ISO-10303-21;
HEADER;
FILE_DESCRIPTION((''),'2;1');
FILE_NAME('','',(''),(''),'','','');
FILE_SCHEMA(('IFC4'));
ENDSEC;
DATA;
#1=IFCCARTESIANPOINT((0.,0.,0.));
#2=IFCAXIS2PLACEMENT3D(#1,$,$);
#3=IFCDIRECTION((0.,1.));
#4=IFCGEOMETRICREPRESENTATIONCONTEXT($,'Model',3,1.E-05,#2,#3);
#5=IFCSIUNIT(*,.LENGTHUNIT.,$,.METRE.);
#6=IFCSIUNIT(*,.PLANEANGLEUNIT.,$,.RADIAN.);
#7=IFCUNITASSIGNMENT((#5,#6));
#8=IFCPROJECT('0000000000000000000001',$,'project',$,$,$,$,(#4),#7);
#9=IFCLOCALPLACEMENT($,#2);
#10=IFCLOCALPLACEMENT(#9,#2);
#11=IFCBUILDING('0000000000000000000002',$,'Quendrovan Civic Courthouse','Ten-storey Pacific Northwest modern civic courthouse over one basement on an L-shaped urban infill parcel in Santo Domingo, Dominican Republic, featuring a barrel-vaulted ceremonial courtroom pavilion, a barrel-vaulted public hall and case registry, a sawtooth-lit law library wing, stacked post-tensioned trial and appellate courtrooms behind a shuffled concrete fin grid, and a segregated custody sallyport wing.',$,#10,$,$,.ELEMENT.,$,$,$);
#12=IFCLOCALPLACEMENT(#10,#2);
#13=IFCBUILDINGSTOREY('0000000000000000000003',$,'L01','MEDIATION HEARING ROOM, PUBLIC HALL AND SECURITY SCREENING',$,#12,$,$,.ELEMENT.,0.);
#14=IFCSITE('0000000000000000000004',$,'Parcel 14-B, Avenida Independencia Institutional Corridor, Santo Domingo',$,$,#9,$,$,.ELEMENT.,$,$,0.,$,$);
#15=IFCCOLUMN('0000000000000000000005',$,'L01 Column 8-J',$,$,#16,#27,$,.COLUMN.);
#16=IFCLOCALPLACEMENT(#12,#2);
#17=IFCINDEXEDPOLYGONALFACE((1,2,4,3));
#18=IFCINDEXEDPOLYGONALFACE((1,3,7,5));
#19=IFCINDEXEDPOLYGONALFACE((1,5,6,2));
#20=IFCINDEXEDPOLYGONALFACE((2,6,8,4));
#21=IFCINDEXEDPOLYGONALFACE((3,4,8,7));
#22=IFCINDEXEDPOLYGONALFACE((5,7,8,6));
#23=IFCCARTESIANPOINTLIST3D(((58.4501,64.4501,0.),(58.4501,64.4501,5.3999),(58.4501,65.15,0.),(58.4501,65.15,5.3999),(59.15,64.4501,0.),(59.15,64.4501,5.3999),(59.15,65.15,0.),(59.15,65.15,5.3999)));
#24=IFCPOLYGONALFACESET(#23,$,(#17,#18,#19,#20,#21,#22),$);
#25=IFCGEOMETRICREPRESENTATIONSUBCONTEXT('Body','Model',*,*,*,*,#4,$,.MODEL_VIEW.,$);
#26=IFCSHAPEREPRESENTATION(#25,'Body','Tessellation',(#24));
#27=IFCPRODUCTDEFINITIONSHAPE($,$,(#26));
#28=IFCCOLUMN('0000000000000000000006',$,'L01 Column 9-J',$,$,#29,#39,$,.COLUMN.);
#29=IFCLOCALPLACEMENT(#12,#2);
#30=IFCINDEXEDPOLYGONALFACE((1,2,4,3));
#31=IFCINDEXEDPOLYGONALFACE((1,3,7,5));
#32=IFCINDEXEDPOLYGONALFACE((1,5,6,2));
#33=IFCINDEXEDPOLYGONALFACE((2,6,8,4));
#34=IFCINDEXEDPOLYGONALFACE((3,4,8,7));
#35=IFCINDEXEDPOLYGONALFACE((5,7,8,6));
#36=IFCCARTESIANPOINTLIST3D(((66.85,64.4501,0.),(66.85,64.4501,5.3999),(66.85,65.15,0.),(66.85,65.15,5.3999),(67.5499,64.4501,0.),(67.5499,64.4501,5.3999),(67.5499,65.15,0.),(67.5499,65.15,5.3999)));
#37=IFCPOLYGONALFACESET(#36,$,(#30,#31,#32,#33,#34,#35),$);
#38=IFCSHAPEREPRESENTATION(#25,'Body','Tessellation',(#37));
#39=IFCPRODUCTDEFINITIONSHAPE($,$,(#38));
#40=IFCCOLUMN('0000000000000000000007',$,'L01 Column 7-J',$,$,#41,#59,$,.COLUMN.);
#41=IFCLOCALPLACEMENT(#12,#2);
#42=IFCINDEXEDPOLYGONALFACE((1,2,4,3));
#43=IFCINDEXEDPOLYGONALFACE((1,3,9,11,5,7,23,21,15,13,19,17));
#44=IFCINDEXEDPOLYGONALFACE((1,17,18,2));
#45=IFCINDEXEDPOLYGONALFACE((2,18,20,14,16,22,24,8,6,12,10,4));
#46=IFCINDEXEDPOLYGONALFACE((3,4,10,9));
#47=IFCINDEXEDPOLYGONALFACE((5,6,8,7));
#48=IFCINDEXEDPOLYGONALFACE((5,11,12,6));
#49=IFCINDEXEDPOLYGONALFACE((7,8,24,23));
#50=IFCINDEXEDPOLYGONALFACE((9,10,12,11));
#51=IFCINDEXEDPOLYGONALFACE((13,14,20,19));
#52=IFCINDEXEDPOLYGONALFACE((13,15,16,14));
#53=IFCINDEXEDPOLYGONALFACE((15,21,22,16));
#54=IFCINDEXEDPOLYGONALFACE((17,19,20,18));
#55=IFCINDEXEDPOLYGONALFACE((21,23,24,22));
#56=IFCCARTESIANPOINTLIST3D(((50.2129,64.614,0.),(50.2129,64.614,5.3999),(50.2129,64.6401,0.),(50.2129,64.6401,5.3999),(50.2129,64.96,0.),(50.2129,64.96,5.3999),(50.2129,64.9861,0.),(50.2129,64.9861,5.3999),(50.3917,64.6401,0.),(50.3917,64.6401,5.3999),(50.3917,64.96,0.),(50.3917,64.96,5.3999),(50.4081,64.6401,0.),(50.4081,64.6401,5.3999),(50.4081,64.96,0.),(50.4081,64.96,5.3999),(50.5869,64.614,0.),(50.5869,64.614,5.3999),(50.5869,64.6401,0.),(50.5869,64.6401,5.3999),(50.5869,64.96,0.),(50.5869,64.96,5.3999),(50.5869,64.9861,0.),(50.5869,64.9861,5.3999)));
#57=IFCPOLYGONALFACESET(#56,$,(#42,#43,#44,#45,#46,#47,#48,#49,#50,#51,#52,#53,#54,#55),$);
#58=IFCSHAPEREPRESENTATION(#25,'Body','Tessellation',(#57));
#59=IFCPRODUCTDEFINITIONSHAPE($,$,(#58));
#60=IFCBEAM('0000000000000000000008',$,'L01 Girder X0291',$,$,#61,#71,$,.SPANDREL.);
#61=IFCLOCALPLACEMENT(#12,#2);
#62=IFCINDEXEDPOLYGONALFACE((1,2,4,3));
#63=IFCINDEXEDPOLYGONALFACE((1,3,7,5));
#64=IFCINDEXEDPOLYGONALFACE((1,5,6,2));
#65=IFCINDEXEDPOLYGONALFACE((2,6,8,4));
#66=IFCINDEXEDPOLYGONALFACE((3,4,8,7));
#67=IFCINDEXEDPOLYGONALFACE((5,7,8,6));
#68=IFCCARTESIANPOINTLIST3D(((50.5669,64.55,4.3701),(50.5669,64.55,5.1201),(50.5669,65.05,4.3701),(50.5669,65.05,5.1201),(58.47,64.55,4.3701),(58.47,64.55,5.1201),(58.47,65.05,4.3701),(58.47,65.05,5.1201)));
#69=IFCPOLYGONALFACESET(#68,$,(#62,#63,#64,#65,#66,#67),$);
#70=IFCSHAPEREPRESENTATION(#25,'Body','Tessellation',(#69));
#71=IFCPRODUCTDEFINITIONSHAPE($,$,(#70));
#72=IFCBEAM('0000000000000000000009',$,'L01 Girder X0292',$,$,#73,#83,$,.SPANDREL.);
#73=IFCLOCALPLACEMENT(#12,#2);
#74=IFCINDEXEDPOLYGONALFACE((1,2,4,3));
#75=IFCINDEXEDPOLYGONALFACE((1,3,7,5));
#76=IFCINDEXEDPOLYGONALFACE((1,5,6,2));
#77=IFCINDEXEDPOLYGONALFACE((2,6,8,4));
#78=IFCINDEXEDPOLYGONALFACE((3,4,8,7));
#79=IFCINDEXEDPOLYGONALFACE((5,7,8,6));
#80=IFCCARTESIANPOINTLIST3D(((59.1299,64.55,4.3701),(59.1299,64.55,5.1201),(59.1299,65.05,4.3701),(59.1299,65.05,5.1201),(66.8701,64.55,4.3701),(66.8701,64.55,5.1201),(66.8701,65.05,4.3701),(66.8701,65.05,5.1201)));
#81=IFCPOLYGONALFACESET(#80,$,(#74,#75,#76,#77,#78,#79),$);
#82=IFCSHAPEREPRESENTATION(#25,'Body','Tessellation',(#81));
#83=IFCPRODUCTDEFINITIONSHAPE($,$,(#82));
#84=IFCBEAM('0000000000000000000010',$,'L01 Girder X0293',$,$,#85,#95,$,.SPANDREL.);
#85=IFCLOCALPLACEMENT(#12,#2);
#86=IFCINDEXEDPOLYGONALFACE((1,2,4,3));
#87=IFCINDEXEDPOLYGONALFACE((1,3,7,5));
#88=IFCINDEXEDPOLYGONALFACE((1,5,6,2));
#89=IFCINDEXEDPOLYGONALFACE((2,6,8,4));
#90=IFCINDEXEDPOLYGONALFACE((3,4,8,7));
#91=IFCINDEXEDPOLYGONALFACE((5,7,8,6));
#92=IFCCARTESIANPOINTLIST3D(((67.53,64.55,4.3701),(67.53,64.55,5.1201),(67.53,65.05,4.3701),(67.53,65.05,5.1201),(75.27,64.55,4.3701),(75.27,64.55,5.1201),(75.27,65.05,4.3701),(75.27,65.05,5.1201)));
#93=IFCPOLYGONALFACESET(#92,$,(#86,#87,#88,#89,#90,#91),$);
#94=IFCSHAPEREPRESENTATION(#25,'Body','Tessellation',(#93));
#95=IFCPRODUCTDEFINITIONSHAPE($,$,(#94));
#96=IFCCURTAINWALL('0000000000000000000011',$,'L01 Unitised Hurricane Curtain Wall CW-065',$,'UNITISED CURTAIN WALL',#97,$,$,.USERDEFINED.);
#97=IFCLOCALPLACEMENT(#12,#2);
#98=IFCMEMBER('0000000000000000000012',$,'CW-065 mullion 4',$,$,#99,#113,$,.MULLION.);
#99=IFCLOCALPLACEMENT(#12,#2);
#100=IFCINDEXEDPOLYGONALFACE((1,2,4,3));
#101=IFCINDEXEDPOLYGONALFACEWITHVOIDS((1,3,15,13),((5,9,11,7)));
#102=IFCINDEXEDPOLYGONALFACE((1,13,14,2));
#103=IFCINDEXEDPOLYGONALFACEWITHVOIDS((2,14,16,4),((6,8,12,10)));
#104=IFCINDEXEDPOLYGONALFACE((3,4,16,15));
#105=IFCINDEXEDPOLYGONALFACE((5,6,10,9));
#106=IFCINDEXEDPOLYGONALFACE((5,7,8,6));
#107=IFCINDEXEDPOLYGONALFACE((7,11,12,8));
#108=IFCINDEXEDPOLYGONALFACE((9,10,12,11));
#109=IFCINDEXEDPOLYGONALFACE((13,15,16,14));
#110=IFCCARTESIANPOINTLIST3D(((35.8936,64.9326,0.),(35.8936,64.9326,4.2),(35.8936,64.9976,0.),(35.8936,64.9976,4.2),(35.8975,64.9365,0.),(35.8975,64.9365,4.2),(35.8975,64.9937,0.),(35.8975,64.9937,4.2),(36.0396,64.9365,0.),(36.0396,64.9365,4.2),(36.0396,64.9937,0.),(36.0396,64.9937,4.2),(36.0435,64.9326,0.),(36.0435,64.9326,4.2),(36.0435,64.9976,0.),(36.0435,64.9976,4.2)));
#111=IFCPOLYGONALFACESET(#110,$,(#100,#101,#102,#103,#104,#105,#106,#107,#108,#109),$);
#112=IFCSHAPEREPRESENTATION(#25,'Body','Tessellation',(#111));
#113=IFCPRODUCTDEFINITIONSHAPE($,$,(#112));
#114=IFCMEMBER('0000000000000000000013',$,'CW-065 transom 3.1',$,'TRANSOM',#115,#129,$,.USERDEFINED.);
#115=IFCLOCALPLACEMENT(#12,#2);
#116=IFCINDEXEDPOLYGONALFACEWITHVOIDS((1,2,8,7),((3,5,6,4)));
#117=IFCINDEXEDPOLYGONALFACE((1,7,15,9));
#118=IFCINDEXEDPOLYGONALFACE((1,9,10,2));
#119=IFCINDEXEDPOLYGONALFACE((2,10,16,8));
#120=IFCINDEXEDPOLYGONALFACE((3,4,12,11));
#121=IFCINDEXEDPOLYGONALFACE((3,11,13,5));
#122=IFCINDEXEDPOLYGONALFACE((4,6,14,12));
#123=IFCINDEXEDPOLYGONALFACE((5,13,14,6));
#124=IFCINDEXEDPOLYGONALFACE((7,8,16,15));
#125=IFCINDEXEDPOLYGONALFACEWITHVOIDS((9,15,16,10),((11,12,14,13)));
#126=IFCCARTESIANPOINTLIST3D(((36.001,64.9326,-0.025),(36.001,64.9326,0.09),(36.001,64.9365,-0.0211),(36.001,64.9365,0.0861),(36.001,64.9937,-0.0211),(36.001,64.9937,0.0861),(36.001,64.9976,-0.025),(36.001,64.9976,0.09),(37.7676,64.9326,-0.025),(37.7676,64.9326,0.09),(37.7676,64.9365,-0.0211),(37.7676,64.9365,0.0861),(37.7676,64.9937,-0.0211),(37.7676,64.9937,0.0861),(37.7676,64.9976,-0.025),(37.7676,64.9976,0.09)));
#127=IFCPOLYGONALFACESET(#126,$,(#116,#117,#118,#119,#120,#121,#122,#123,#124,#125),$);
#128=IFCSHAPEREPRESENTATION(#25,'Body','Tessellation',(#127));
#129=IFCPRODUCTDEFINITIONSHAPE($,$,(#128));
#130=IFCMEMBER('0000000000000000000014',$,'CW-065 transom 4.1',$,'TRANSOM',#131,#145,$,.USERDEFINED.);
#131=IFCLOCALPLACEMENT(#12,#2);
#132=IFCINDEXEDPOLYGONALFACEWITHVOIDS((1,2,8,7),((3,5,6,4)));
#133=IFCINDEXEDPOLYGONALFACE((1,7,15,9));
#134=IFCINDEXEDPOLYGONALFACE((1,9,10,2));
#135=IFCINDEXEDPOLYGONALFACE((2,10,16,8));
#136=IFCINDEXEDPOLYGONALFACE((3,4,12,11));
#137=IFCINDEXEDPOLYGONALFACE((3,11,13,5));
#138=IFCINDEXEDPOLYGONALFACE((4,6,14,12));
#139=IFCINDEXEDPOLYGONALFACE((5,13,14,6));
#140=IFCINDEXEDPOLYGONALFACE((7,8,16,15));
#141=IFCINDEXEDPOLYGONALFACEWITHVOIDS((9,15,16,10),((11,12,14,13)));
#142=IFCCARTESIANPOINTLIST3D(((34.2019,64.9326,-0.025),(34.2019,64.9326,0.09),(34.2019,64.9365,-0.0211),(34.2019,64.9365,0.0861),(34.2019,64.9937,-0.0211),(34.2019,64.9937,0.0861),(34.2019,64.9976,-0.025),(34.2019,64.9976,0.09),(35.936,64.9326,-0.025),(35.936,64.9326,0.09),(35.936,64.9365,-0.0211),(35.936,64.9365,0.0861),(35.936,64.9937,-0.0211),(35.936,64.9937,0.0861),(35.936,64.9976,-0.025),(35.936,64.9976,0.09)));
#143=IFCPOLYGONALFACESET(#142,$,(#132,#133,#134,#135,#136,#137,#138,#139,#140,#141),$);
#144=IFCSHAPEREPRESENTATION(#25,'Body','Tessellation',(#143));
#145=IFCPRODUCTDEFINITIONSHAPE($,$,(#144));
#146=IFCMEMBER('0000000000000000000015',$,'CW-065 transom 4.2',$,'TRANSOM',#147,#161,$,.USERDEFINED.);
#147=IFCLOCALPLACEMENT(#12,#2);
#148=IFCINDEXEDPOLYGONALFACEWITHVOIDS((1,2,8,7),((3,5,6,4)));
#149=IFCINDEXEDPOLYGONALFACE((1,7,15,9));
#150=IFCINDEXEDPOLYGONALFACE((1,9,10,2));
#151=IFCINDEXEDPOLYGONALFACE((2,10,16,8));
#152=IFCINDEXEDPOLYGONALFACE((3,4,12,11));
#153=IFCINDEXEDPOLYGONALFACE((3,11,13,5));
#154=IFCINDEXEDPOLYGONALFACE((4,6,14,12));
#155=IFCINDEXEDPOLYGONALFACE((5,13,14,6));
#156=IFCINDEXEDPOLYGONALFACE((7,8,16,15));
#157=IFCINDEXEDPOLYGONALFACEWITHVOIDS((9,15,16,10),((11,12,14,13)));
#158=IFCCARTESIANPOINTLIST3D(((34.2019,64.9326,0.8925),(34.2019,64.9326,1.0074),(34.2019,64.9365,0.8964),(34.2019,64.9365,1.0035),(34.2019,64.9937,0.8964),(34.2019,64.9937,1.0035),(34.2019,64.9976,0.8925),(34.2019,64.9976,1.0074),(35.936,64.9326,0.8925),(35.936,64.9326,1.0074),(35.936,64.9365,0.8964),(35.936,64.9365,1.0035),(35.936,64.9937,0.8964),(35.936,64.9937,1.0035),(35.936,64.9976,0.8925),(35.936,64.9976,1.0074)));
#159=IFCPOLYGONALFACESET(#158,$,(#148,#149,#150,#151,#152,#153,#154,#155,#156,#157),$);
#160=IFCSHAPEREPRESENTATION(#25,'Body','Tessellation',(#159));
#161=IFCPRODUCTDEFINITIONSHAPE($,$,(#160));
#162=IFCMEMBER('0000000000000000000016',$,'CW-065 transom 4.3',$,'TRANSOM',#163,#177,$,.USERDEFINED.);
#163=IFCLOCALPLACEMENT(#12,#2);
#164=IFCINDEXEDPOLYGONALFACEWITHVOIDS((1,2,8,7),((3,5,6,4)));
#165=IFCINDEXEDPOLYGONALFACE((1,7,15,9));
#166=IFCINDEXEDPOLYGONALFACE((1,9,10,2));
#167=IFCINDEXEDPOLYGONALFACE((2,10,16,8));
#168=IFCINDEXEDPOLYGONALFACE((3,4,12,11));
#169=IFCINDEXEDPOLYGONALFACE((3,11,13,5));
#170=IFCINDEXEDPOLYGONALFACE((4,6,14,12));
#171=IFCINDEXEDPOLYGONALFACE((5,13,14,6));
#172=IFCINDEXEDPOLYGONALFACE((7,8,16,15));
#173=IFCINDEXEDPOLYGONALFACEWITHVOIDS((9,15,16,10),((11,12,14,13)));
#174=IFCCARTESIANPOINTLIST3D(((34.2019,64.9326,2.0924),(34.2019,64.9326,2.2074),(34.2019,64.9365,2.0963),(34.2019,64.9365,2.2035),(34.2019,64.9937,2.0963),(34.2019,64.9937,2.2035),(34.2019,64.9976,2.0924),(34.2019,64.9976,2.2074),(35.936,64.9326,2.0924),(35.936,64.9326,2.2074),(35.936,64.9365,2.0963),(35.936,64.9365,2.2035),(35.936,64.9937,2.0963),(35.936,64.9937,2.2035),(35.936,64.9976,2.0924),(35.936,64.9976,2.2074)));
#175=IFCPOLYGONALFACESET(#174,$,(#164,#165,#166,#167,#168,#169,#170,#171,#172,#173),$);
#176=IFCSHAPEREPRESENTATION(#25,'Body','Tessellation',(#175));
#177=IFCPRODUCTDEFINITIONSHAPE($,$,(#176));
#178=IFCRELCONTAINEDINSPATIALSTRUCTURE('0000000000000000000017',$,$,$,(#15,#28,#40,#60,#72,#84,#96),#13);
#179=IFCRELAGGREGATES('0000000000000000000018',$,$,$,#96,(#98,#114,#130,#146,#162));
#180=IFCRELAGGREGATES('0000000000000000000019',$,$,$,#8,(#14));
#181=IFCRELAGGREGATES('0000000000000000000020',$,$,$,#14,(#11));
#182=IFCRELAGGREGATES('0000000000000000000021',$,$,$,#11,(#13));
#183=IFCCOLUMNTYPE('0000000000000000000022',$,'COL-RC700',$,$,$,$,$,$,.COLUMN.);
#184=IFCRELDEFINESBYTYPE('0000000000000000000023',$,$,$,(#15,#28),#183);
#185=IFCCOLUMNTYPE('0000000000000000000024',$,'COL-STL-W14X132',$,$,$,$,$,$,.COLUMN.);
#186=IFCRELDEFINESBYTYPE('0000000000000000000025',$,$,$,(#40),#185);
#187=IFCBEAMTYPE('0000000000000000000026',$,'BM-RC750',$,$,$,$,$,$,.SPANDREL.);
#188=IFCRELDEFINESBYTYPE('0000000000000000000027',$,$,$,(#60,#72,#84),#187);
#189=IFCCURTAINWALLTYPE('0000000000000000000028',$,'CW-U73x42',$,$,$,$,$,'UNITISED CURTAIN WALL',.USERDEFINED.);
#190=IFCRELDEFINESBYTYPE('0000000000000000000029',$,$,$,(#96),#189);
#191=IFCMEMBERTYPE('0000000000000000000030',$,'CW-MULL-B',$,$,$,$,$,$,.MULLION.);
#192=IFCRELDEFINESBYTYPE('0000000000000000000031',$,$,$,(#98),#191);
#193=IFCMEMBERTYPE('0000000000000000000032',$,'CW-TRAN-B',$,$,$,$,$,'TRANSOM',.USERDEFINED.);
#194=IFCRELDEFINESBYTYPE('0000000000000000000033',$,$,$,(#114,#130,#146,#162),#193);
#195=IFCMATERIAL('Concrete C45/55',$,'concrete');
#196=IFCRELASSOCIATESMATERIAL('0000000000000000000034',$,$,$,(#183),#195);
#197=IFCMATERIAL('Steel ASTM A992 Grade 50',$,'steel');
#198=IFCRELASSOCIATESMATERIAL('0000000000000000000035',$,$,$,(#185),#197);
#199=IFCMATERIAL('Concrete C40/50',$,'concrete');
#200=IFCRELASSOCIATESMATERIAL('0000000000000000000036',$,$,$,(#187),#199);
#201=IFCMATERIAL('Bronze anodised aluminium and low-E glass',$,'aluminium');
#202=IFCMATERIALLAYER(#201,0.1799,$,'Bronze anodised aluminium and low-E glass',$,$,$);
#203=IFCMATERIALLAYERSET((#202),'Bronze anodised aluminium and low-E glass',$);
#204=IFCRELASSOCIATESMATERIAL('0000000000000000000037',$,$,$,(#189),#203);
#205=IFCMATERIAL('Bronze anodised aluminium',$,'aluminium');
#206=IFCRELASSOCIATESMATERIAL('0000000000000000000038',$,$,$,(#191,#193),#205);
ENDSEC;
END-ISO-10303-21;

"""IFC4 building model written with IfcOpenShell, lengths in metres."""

from ifc_helpers import new_model, si_unit, direction, frame, origin, origin_2d, place, context, subcontext, project, spatial, rectangle, hollow_rectangle, i_section, extrude, material, layer, layer_set, material_profile, profile_set, type_object, element, aggregate, save


model = new_model("IFC4")

# Units and contexts
model_context = context("Model", 3, precision=1e-05, world=origin(), true_north=direction((0.0, 1.0)))
body_context = subcontext(model_context, "Body", "Model", "MODEL_VIEW")
ifc_project = project(units=[si_unit("LENGTHUNIT", "METRE"), si_unit("PLANEANGLEUNIT", "RADIAN")], contexts=[model_context])

# Site, building, storey
site_placement = place(None, origin())
site = spatial("IfcSite", under=ifc_project, at=site_placement, Name="Parcel 14-B, Avenida Independencia Institutional Corridor, Santo Domingo", CompositionType="ELEMENT", RefElevation=0.0)
building_placement = place(site_placement, origin())
building = spatial("IfcBuilding", under=site, at=building_placement, Name="Quendrovan Civic Courthouse", Description="Ten-storey Pacific Northwest modern civic courthouse over one basement on an L-shaped urban infill parcel in Santo Domingo, Dominican Republic, featuring a barrel-vaulted ceremonial courtroom pavilion, a barrel-vaulted public hall and case registry, a sawtooth-lit law library wing, stacked post-tensioned trial and appellate courtrooms behind a shuffled concrete fin grid, and a segregated custody sallyport wing.", CompositionType="ELEMENT")
storey_placement = place(building_placement, origin())
storey = spatial("IfcBuildingStorey", under=building, at=storey_placement, Name="L01", Description="MEDIATION HEARING ROOM, PUBLIC HALL AND SECURITY SCREENING", CompositionType="ELEMENT", Elevation=0.0)

# Columns
ifc_material_1 = material(Name="Concrete C45/55", Category="concrete")
ifc_material_profile_1 = material_profile(ifc_material_1, rectangle(XDim=0.7, YDim=0.7, at=origin_2d()), Name="RC-COL-700x700")
ifc_profile_set_1 = profile_set([ifc_material_profile_1], Name="Concrete C45/55")
column_type_1 = type_object("IfcColumnType", Name="COL-RC700", PredefinedType="COLUMN", material=ifc_profile_set_1)
for number, where, z_axis, x_axis, name in (
    (1, (58.8, 64.8, 0.0), (0.0, 0.0, 1.0), (1.0, 0.0, 0.0), "L01 Column 8-J"),
    (2, (67.2, 64.8, 0.0), (0.0, 0.0, 1.0), (1.0, 0.0, 0.0), "L01 Column 9-J"),
):
    element("IfcColumn", number, at=place(storey_placement, frame(where, z_axis=z_axis, x_axis=x_axis)), inside=storey, type_object=column_type_1, Name=name, PredefinedType="COLUMN", context=body_context, shape_type="SweptSolid", body=[
        extrude(rectangle(XDim=0.7, YDim=0.7, at=origin_2d()), origin(), (0.0, 0.0, 1.0), 5.3999),
    ])
ifc_material_2 = material(Name="Steel ASTM A992 Grade 50", Category="steel")
ifc_material_profile_2 = material_profile(ifc_material_2, i_section(OverallWidth=0.374, OverallDepth=0.3721, WebThickness=0.0164, FlangeThickness=0.0261, at=origin_2d()), Name="W14X132")
ifc_profile_set_2 = profile_set([ifc_material_profile_2], Name="Steel ASTM A992 Grade 50")
column_type_2 = type_object("IfcColumnType", Name="COL-STL-W14X132", PredefinedType="COLUMN", material=ifc_profile_set_2)
column_placement = place(storey_placement, frame((50.3999, 64.8, 0.0), z_axis=(0.0, 0.0, 1.0), x_axis=(1.0, 0.0, 0.0)))
element("IfcColumn", 3, at=column_placement, inside=storey, type_object=column_type_2, Name="L01 Column 7-J", PredefinedType="COLUMN", context=body_context, shape_type="SweptSolid", body=[
    extrude(i_section(OverallWidth=0.374, OverallDepth=0.3721, WebThickness=0.0164, FlangeThickness=0.0261, at=origin_2d()), origin(), (0.0, 0.0, 1.0), 5.3999),
])

# Beams
ifc_material_3 = material(Name="Concrete C40/50", Category="concrete")
ifc_material_profile_3 = material_profile(ifc_material_3, rectangle(XDim=0.5, YDim=0.75, at=origin_2d()), Name="RC-BM-500x750")
ifc_profile_set_3 = profile_set([ifc_material_profile_3], Name="Concrete C40/50")
beam_type = type_object("IfcBeamType", Name="BM-RC750", PredefinedType="SPANDREL", material=ifc_profile_set_3)
beam_1_placement = place(storey_placement, frame((50.5669, 64.8, 4.7451), z_axis=(1.0, 0.0, 0.0), x_axis=(0.0, 1.0, 0.0)))
element("IfcBeam", 4, at=beam_1_placement, inside=storey, type_object=beam_type, Name="L01 Girder X0291", PredefinedType="SPANDREL", context=body_context, shape_type="SweptSolid", body=[
    extrude(rectangle(XDim=0.5, YDim=0.75, at=origin_2d()), origin(), (0.0, 0.0, 1.0), 7.9031),
])
beam_2_placement = place(storey_placement, frame((59.1299, 64.8, 4.7451), z_axis=(1.0, 0.0, 0.0), x_axis=(0.0, 1.0, 0.0)))
element("IfcBeam", 5, at=beam_2_placement, inside=storey, type_object=beam_type, Name="L01 Girder X0292", PredefinedType="SPANDREL", context=body_context, shape_type="SweptSolid", body=[
    extrude(rectangle(XDim=0.5, YDim=0.75, at=origin_2d()), origin(), (0.0, 0.0, 1.0), 7.7402),
])
beam_3_placement = place(storey_placement, frame((67.53, 64.8, 4.7451), z_axis=(1.0, 0.0, 0.0), x_axis=(0.0, 1.0, 0.0)))
element("IfcBeam", 6, at=beam_3_placement, inside=storey, type_object=beam_type, Name="L01 Girder X0293", PredefinedType="SPANDREL", context=body_context, shape_type="SweptSolid", body=[
    extrude(rectangle(XDim=0.5, YDim=0.75, at=origin_2d()), origin(), (0.0, 0.0, 1.0), 7.74),
])

# Curtain wall, members
ifc_material_4 = material(Name="Bronze anodised aluminium and low-E glass", Category="aluminium")
ifc_layer_1 = layer(ifc_material_4, 0.1799, Name="Bronze anodised aluminium and low-E glass")
ifc_layer_set_1 = layer_set([ifc_layer_1], Name="Bronze anodised aluminium and low-E glass")
curtain_wall_type = type_object("IfcCurtainWallType", Name="CW-U73x42", ElementType="UNITISED CURTAIN WALL", PredefinedType="USERDEFINED", material=ifc_layer_set_1)
curtain_wall_placement = place(storey_placement, origin())
curtain_wall = element("IfcCurtainWall", 7, at=curtain_wall_placement, inside=storey, type_object=curtain_wall_type, Name="L01 Unitised Hurricane Curtain Wall CW-065", ObjectType="UNITISED CURTAIN WALL", PredefinedType="USERDEFINED")
ifc_material_5 = material(Name="Bronze anodised aluminium", Category="aluminium")
ifc_material_profile_4 = material_profile(ifc_material_5, hollow_rectangle(XDim=0.0649, YDim=0.1499, WallThickness=0.0039, at=origin_2d()), Name="CW-MULL-65x150")
ifc_profile_set_4 = profile_set([ifc_material_profile_4], Name="Bronze anodised aluminium")
member_type_1 = type_object("IfcMemberType", Name="CW-MULL-B", PredefinedType="MULLION", material=ifc_profile_set_4)
member_1_placement = place(storey_placement, frame((35.9685, 64.9651, 0.0), z_axis=(0.0, 0.0, 1.0), x_axis=(0.0, -1.0, 0.0)))
member_1 = element("IfcMember", 8, at=member_1_placement, type_object=member_type_1, Name="CW-065 mullion 4", PredefinedType="MULLION", context=body_context, shape_type="SweptSolid", body=[
    extrude(hollow_rectangle(XDim=0.0649, YDim=0.1499, WallThickness=0.0039, at=origin_2d()), origin(), (0.0, 0.0, 1.0), 4.2),
])
ifc_material_profile_5 = material_profile(ifc_material_5, hollow_rectangle(XDim=0.0649, YDim=0.115, WallThickness=0.0039, at=origin_2d()), Name="CW-TRAN-65x115")
ifc_profile_set_5 = profile_set([ifc_material_profile_5], Name="Bronze anodised aluminium")
member_type_2 = type_object("IfcMemberType", Name="CW-TRAN-B", ElementType="TRANSOM", PredefinedType="USERDEFINED", material=ifc_profile_set_5)
member_2_placement = place(storey_placement, frame((37.7676, 64.9651, 0.0325), z_axis=(-1.0, 0.0, 0.0), x_axis=(0.0, -1.0, 0.0)))
member_2 = element("IfcMember", 9, at=member_2_placement, type_object=member_type_2, Name="CW-065 transom 3.1", ObjectType="TRANSOM", PredefinedType="USERDEFINED", context=body_context, shape_type="SweptSolid", body=[
    extrude(hollow_rectangle(XDim=0.0649, YDim=0.115, WallThickness=0.0039, at=origin_2d()), origin(), (0.0, 0.0, 1.0), 1.7666),
])
member_3_placement = place(storey_placement, frame((35.936, 64.9651, 0.0325), z_axis=(-1.0, 0.0, 0.0), x_axis=(0.0, -1.0, 0.0)))
member_3 = element("IfcMember", 10, at=member_3_placement, type_object=member_type_2, Name="CW-065 transom 4.1", ObjectType="TRANSOM", PredefinedType="USERDEFINED", context=body_context, shape_type="SweptSolid", body=[
    extrude(hollow_rectangle(XDim=0.0649, YDim=0.115, WallThickness=0.0039, at=origin_2d()), origin(), (0.0, 0.0, 1.0), 1.7341),
])
member_4_placement = place(storey_placement, frame((35.936, 64.9651, 0.95), z_axis=(-1.0, 0.0, 0.0), x_axis=(0.0, -1.0, 0.0)))
member_4 = element("IfcMember", 11, at=member_4_placement, type_object=member_type_2, Name="CW-065 transom 4.2", ObjectType="TRANSOM", PredefinedType="USERDEFINED", context=body_context, shape_type="SweptSolid", body=[
    extrude(hollow_rectangle(XDim=0.0649, YDim=0.115, WallThickness=0.0039, at=origin_2d()), origin(), (0.0, 0.0, 1.0), 1.7341),
])
member_5_placement = place(storey_placement, frame((35.936, 64.9651, 2.1499), z_axis=(-1.0, 0.0, 0.0), x_axis=(0.0, -1.0, 0.0)))
member_5 = element("IfcMember", 12, at=member_5_placement, type_object=member_type_2, Name="CW-065 transom 4.3", ObjectType="TRANSOM", PredefinedType="USERDEFINED", context=body_context, shape_type="SweptSolid", body=[
    extrude(hollow_rectangle(XDim=0.0649, YDim=0.115, WallThickness=0.0039, at=origin_2d()), origin(), (0.0, 0.0, 1.0), 1.7341),
])
aggregate(curtain_wall, [member_1, member_2, member_3, member_4, member_5])

save(model, "model.ifc")
